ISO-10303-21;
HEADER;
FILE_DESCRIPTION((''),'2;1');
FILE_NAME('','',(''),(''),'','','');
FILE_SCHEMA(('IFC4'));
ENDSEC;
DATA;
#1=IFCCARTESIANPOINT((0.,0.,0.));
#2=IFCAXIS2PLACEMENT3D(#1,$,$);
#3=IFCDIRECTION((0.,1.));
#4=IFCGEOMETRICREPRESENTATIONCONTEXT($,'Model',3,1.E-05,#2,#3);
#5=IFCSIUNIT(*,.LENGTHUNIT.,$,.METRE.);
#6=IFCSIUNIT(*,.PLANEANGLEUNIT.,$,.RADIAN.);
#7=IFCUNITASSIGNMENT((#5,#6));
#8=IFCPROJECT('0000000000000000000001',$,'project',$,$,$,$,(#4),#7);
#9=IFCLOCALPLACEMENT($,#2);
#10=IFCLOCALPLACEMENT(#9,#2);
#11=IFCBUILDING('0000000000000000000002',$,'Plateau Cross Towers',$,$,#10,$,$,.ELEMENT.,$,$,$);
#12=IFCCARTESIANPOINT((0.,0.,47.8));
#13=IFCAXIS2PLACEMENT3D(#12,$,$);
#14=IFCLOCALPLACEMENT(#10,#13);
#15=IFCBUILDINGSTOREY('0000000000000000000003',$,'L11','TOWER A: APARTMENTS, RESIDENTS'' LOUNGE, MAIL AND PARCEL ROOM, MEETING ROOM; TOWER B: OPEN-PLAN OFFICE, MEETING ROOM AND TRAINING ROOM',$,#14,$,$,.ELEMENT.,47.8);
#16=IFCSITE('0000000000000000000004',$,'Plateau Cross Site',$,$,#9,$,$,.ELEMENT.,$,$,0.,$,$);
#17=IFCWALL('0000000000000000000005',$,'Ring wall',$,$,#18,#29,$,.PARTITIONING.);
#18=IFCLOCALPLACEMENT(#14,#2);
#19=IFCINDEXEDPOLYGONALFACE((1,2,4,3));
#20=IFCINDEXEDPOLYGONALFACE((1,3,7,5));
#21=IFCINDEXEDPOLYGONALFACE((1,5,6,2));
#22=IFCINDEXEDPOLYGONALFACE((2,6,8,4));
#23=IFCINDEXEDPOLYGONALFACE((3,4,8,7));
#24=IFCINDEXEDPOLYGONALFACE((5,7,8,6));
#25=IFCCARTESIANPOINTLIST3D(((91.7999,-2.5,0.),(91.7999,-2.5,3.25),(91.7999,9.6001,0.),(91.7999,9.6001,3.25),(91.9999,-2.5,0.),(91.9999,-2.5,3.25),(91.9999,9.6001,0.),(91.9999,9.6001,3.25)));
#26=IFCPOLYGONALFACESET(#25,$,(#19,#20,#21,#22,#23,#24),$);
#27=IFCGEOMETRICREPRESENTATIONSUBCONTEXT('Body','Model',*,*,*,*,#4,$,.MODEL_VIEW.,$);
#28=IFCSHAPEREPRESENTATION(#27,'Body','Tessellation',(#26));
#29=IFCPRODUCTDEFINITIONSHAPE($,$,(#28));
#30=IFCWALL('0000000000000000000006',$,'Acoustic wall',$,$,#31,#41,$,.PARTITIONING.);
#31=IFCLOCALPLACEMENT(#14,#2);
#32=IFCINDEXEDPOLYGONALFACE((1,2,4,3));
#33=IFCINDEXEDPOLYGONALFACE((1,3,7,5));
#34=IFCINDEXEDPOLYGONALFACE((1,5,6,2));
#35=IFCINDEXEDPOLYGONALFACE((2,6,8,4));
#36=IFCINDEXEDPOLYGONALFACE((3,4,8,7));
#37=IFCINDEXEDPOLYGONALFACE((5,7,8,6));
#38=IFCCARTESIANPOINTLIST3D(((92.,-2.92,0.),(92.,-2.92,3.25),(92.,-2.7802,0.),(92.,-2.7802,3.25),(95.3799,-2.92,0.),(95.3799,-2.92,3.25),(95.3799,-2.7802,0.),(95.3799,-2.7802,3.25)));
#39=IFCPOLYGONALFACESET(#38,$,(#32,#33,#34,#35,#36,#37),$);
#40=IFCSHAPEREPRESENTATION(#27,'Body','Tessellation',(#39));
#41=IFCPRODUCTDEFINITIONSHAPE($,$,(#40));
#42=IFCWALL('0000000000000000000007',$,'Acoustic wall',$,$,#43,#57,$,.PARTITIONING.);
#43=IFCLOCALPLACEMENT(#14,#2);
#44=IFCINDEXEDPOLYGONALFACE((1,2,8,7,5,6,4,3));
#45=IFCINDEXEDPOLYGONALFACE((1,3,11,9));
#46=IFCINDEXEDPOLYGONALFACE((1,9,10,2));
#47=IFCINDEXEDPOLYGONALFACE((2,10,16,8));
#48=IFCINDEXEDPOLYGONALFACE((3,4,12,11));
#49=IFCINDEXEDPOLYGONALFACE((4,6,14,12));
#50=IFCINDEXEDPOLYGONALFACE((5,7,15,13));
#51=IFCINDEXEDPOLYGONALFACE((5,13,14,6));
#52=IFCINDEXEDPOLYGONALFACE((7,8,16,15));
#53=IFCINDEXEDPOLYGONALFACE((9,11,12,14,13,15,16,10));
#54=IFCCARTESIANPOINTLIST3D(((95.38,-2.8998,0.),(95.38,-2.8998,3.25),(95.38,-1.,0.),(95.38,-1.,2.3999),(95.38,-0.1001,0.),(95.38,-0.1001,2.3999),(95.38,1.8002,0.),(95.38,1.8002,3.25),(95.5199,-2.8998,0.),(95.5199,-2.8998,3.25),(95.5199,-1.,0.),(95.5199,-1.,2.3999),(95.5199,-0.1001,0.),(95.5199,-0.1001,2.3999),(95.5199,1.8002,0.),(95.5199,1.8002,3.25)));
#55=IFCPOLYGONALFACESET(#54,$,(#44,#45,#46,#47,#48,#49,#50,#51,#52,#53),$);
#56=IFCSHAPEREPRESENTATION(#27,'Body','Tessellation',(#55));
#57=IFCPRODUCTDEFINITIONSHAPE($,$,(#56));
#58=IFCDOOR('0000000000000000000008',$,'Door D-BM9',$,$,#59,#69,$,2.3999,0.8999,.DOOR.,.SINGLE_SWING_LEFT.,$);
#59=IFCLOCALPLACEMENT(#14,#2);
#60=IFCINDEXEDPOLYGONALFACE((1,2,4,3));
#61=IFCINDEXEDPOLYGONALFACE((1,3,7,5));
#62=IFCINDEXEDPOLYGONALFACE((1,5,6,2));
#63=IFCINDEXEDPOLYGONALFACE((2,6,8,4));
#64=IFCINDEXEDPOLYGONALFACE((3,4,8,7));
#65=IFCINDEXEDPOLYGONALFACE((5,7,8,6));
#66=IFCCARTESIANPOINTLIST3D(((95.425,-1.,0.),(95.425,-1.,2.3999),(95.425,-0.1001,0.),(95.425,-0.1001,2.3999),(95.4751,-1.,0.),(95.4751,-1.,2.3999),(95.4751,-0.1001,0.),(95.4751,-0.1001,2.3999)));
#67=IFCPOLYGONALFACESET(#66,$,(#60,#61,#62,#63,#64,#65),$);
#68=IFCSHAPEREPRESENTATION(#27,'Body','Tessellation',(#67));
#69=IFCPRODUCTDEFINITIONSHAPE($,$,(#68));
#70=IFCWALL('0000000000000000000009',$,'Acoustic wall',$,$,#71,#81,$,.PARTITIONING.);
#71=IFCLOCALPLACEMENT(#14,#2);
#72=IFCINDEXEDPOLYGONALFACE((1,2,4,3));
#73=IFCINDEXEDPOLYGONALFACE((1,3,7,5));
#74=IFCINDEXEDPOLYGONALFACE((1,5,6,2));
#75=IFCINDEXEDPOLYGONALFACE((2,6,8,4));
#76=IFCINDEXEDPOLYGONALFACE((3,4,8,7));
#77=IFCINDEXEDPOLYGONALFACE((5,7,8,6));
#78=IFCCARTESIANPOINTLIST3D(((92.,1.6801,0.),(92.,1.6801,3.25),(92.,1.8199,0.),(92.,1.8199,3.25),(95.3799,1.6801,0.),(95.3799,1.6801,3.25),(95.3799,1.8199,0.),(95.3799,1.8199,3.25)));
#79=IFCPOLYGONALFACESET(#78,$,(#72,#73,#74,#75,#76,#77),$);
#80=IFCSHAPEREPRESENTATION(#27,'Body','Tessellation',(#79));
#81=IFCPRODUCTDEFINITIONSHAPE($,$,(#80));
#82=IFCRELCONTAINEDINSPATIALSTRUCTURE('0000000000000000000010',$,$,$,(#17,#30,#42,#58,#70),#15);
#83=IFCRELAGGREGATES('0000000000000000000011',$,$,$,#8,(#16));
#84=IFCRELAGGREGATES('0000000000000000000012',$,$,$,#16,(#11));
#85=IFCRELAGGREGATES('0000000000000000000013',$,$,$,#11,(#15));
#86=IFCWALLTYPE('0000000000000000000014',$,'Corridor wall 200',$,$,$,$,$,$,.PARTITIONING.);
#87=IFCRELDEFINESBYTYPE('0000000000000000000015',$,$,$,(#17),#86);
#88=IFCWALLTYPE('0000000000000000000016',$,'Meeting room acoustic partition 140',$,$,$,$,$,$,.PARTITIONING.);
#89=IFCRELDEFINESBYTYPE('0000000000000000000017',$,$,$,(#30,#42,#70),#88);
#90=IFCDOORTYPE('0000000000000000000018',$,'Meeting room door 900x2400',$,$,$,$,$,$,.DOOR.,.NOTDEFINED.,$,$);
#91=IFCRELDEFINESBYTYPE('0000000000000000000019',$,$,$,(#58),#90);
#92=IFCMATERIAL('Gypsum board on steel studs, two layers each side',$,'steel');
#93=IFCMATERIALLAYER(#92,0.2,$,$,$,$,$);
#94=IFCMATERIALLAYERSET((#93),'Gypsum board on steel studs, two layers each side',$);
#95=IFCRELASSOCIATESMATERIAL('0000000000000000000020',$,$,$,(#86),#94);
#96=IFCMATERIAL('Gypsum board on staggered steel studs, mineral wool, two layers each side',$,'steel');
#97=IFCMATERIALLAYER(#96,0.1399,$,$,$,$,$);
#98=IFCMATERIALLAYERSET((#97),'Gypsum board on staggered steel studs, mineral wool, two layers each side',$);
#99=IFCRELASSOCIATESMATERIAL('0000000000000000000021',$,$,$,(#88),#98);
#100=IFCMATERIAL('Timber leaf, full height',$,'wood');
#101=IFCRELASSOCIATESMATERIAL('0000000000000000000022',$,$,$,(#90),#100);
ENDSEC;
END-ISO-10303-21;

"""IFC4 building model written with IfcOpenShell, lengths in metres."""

from ifc_helpers import new_model, si_unit, direction, frame, frame_2d, origin, place, context, subcontext, project, spatial, rectangle, extrude, material, layer, layer_set, type_object, element, fill, save


model = new_model("IFC4")

# Units and contexts
model_context = context("Model", 3, precision=1e-05, world=origin(), true_north=direction((0.0, 1.0)))
body_context = subcontext(model_context, "Body", "Model", "MODEL_VIEW")
ifc_project = project(units=[si_unit("LENGTHUNIT", "METRE"), si_unit("PLANEANGLEUNIT", "RADIAN")], contexts=[model_context])

# Site, building, storey
site_placement = place(None, origin())
site = spatial("IfcSite", under=ifc_project, at=site_placement, Name="Plateau Cross Site", CompositionType="ELEMENT", RefElevation=0.0)
building_placement = place(site_placement, origin())
building = spatial("IfcBuilding", under=site, at=building_placement, Name="Plateau Cross Towers", CompositionType="ELEMENT")
storey_placement = place(building_placement, frame((0.0, 0.0, 47.8)))
storey = spatial("IfcBuildingStorey", under=building, at=storey_placement, Name="L11", Description="TOWER A: APARTMENTS, RESIDENTS' LOUNGE, MAIL AND PARCEL ROOM, MEETING ROOM; TOWER B: OPEN-PLAN OFFICE, MEETING ROOM AND TRAINING ROOM", CompositionType="ELEMENT", Elevation=47.8)

# Wall
ifc_material_1 = material(Name="Gypsum board on steel studs, two layers each side", Category="steel")
ifc_layer_1 = layer(ifc_material_1, 0.2)
ifc_layer_set_1 = layer_set([ifc_layer_1], Name="Gypsum board on steel studs, two layers each side")
wall_type_1 = type_object("IfcWallType", Name="Corridor wall 200", PredefinedType="PARTITIONING", material=ifc_layer_set_1)
wall_1_placement = place(storey_placement, frame((91.8999, -2.5, 0.0), z_axis=(0.0, 0.0, 1.0), x_axis=(0.0, 1.0, 0.0)))
element("IfcWall", 1, at=wall_1_placement, inside=storey, type_object=wall_type_1, Name="Ring wall", PredefinedType="PARTITIONING", context=body_context, shape_type="SweptSolid", body=[
    extrude(rectangle(XDim=12.1001, YDim=0.2, at=frame_2d((6.05, 0.0))), origin(), (0.0, 0.0, 1.0), 3.25),
])

# Shared definitions
ifc_material_2 = material(Name="Gypsum board on staggered steel studs, mineral wool, two layers each side", Category="steel")
ifc_layer_2 = layer(ifc_material_2, 0.1399)
ifc_layer_set_2 = layer_set([ifc_layer_2], Name="Gypsum board on staggered steel studs, mineral wool, two layers each side")
wall_type_2 = type_object("IfcWallType", Name="Meeting room acoustic partition 140", PredefinedType="PARTITIONING", material=ifc_layer_set_2)
ifc_material_3 = material(Name="Timber leaf, full height", Category="wood")
door_type_1 = type_object("IfcDoorType", Name="Meeting room door 900x2400", OperationType="NOTDEFINED", PredefinedType="DOOR", material=ifc_material_3)

# Wall
wall_2_placement = place(storey_placement, frame((92.0, -2.8501, 0.0), z_axis=(0.0, 0.0, 1.0), x_axis=(1.0, 0.0, 0.0)))
element("IfcWall", 2, at=wall_2_placement, inside=storey, type_object=wall_type_2, Name="Acoustic wall", PredefinedType="PARTITIONING", context=body_context, shape_type="SweptSolid", body=[
    extrude(rectangle(XDim=3.3799, YDim=0.1399, at=frame_2d((1.6899, 0.0))), origin(), (0.0, 0.0, 1.0), 3.25),
])

# Wall, opening, door
wall_3_placement = place(storey_placement, frame((95.45, -2.8999, 0.0), z_axis=(0.0, 0.0, 1.0), x_axis=(0.0, 1.0, 0.0)))
wall_3 = element("IfcWall", 3, at=wall_3_placement, inside=storey, type_object=wall_type_2, Name="Acoustic wall", PredefinedType="PARTITIONING", context=body_context, shape_type="SweptSolid", body=[
    extrude(rectangle(XDim=4.7, YDim=0.1399, at=frame_2d((2.3501, 0.0))), origin(), (0.0, 0.0, 1.0), 3.25),
])
opening_1_placement = place(wall_3_placement, frame((1.8999, 0.0, 0.0)))
opening_1 = element("IfcOpeningElement", 4, at=opening_1_placement, cuts=wall_3, PredefinedType="OPENING", context=body_context, shape_type="SweptSolid", body=[
    extrude(rectangle(XDim=0.8999, YDim=2.3999, at=frame_2d((0.45, 1.2))), frame((0.0, 0.0798, 0.0), z_axis=(0.0, -1.0, 0.0), x_axis=(1.0, 0.0, 0.0)), (0.0, 0.0, 1.0), 0.1599),
])
door_1_placement = place(opening_1_placement, origin())
door_1 = element("IfcDoor", 5, at=door_1_placement, inside=storey, type_object=door_type_1, Name="Door D-BM9", OperationType="SINGLE_SWING_LEFT", OverallHeight=2.3999, OverallWidth=0.8999, PredefinedType="DOOR", context=body_context, shape_type="SweptSolid", body=[
    extrude(rectangle(XDim=0.8999, YDim=2.3999, at=frame_2d((0.45, 1.2))), frame((0.0, 0.0249, 0.0), z_axis=(0.0, -1.0, 0.0), x_axis=(1.0, 0.0, 0.0)), (0.0, 0.0, 1.0), 0.05),
])
fill(opening_1, door_1)

# Wall
wall_4_placement = place(storey_placement, frame((92.0, 1.75, 0.0), z_axis=(0.0, 0.0, 1.0), x_axis=(1.0, 0.0, 0.0)))
element("IfcWall", 6, at=wall_4_placement, inside=storey, type_object=wall_type_2, Name="Acoustic wall", PredefinedType="PARTITIONING", context=body_context, shape_type="SweptSolid", body=[
    extrude(rectangle(XDim=3.3799, YDim=0.1399, at=frame_2d((1.6899, 0.0))), origin(), (0.0, 0.0, 1.0), 3.25),
])

save(model, "model.ifc")
